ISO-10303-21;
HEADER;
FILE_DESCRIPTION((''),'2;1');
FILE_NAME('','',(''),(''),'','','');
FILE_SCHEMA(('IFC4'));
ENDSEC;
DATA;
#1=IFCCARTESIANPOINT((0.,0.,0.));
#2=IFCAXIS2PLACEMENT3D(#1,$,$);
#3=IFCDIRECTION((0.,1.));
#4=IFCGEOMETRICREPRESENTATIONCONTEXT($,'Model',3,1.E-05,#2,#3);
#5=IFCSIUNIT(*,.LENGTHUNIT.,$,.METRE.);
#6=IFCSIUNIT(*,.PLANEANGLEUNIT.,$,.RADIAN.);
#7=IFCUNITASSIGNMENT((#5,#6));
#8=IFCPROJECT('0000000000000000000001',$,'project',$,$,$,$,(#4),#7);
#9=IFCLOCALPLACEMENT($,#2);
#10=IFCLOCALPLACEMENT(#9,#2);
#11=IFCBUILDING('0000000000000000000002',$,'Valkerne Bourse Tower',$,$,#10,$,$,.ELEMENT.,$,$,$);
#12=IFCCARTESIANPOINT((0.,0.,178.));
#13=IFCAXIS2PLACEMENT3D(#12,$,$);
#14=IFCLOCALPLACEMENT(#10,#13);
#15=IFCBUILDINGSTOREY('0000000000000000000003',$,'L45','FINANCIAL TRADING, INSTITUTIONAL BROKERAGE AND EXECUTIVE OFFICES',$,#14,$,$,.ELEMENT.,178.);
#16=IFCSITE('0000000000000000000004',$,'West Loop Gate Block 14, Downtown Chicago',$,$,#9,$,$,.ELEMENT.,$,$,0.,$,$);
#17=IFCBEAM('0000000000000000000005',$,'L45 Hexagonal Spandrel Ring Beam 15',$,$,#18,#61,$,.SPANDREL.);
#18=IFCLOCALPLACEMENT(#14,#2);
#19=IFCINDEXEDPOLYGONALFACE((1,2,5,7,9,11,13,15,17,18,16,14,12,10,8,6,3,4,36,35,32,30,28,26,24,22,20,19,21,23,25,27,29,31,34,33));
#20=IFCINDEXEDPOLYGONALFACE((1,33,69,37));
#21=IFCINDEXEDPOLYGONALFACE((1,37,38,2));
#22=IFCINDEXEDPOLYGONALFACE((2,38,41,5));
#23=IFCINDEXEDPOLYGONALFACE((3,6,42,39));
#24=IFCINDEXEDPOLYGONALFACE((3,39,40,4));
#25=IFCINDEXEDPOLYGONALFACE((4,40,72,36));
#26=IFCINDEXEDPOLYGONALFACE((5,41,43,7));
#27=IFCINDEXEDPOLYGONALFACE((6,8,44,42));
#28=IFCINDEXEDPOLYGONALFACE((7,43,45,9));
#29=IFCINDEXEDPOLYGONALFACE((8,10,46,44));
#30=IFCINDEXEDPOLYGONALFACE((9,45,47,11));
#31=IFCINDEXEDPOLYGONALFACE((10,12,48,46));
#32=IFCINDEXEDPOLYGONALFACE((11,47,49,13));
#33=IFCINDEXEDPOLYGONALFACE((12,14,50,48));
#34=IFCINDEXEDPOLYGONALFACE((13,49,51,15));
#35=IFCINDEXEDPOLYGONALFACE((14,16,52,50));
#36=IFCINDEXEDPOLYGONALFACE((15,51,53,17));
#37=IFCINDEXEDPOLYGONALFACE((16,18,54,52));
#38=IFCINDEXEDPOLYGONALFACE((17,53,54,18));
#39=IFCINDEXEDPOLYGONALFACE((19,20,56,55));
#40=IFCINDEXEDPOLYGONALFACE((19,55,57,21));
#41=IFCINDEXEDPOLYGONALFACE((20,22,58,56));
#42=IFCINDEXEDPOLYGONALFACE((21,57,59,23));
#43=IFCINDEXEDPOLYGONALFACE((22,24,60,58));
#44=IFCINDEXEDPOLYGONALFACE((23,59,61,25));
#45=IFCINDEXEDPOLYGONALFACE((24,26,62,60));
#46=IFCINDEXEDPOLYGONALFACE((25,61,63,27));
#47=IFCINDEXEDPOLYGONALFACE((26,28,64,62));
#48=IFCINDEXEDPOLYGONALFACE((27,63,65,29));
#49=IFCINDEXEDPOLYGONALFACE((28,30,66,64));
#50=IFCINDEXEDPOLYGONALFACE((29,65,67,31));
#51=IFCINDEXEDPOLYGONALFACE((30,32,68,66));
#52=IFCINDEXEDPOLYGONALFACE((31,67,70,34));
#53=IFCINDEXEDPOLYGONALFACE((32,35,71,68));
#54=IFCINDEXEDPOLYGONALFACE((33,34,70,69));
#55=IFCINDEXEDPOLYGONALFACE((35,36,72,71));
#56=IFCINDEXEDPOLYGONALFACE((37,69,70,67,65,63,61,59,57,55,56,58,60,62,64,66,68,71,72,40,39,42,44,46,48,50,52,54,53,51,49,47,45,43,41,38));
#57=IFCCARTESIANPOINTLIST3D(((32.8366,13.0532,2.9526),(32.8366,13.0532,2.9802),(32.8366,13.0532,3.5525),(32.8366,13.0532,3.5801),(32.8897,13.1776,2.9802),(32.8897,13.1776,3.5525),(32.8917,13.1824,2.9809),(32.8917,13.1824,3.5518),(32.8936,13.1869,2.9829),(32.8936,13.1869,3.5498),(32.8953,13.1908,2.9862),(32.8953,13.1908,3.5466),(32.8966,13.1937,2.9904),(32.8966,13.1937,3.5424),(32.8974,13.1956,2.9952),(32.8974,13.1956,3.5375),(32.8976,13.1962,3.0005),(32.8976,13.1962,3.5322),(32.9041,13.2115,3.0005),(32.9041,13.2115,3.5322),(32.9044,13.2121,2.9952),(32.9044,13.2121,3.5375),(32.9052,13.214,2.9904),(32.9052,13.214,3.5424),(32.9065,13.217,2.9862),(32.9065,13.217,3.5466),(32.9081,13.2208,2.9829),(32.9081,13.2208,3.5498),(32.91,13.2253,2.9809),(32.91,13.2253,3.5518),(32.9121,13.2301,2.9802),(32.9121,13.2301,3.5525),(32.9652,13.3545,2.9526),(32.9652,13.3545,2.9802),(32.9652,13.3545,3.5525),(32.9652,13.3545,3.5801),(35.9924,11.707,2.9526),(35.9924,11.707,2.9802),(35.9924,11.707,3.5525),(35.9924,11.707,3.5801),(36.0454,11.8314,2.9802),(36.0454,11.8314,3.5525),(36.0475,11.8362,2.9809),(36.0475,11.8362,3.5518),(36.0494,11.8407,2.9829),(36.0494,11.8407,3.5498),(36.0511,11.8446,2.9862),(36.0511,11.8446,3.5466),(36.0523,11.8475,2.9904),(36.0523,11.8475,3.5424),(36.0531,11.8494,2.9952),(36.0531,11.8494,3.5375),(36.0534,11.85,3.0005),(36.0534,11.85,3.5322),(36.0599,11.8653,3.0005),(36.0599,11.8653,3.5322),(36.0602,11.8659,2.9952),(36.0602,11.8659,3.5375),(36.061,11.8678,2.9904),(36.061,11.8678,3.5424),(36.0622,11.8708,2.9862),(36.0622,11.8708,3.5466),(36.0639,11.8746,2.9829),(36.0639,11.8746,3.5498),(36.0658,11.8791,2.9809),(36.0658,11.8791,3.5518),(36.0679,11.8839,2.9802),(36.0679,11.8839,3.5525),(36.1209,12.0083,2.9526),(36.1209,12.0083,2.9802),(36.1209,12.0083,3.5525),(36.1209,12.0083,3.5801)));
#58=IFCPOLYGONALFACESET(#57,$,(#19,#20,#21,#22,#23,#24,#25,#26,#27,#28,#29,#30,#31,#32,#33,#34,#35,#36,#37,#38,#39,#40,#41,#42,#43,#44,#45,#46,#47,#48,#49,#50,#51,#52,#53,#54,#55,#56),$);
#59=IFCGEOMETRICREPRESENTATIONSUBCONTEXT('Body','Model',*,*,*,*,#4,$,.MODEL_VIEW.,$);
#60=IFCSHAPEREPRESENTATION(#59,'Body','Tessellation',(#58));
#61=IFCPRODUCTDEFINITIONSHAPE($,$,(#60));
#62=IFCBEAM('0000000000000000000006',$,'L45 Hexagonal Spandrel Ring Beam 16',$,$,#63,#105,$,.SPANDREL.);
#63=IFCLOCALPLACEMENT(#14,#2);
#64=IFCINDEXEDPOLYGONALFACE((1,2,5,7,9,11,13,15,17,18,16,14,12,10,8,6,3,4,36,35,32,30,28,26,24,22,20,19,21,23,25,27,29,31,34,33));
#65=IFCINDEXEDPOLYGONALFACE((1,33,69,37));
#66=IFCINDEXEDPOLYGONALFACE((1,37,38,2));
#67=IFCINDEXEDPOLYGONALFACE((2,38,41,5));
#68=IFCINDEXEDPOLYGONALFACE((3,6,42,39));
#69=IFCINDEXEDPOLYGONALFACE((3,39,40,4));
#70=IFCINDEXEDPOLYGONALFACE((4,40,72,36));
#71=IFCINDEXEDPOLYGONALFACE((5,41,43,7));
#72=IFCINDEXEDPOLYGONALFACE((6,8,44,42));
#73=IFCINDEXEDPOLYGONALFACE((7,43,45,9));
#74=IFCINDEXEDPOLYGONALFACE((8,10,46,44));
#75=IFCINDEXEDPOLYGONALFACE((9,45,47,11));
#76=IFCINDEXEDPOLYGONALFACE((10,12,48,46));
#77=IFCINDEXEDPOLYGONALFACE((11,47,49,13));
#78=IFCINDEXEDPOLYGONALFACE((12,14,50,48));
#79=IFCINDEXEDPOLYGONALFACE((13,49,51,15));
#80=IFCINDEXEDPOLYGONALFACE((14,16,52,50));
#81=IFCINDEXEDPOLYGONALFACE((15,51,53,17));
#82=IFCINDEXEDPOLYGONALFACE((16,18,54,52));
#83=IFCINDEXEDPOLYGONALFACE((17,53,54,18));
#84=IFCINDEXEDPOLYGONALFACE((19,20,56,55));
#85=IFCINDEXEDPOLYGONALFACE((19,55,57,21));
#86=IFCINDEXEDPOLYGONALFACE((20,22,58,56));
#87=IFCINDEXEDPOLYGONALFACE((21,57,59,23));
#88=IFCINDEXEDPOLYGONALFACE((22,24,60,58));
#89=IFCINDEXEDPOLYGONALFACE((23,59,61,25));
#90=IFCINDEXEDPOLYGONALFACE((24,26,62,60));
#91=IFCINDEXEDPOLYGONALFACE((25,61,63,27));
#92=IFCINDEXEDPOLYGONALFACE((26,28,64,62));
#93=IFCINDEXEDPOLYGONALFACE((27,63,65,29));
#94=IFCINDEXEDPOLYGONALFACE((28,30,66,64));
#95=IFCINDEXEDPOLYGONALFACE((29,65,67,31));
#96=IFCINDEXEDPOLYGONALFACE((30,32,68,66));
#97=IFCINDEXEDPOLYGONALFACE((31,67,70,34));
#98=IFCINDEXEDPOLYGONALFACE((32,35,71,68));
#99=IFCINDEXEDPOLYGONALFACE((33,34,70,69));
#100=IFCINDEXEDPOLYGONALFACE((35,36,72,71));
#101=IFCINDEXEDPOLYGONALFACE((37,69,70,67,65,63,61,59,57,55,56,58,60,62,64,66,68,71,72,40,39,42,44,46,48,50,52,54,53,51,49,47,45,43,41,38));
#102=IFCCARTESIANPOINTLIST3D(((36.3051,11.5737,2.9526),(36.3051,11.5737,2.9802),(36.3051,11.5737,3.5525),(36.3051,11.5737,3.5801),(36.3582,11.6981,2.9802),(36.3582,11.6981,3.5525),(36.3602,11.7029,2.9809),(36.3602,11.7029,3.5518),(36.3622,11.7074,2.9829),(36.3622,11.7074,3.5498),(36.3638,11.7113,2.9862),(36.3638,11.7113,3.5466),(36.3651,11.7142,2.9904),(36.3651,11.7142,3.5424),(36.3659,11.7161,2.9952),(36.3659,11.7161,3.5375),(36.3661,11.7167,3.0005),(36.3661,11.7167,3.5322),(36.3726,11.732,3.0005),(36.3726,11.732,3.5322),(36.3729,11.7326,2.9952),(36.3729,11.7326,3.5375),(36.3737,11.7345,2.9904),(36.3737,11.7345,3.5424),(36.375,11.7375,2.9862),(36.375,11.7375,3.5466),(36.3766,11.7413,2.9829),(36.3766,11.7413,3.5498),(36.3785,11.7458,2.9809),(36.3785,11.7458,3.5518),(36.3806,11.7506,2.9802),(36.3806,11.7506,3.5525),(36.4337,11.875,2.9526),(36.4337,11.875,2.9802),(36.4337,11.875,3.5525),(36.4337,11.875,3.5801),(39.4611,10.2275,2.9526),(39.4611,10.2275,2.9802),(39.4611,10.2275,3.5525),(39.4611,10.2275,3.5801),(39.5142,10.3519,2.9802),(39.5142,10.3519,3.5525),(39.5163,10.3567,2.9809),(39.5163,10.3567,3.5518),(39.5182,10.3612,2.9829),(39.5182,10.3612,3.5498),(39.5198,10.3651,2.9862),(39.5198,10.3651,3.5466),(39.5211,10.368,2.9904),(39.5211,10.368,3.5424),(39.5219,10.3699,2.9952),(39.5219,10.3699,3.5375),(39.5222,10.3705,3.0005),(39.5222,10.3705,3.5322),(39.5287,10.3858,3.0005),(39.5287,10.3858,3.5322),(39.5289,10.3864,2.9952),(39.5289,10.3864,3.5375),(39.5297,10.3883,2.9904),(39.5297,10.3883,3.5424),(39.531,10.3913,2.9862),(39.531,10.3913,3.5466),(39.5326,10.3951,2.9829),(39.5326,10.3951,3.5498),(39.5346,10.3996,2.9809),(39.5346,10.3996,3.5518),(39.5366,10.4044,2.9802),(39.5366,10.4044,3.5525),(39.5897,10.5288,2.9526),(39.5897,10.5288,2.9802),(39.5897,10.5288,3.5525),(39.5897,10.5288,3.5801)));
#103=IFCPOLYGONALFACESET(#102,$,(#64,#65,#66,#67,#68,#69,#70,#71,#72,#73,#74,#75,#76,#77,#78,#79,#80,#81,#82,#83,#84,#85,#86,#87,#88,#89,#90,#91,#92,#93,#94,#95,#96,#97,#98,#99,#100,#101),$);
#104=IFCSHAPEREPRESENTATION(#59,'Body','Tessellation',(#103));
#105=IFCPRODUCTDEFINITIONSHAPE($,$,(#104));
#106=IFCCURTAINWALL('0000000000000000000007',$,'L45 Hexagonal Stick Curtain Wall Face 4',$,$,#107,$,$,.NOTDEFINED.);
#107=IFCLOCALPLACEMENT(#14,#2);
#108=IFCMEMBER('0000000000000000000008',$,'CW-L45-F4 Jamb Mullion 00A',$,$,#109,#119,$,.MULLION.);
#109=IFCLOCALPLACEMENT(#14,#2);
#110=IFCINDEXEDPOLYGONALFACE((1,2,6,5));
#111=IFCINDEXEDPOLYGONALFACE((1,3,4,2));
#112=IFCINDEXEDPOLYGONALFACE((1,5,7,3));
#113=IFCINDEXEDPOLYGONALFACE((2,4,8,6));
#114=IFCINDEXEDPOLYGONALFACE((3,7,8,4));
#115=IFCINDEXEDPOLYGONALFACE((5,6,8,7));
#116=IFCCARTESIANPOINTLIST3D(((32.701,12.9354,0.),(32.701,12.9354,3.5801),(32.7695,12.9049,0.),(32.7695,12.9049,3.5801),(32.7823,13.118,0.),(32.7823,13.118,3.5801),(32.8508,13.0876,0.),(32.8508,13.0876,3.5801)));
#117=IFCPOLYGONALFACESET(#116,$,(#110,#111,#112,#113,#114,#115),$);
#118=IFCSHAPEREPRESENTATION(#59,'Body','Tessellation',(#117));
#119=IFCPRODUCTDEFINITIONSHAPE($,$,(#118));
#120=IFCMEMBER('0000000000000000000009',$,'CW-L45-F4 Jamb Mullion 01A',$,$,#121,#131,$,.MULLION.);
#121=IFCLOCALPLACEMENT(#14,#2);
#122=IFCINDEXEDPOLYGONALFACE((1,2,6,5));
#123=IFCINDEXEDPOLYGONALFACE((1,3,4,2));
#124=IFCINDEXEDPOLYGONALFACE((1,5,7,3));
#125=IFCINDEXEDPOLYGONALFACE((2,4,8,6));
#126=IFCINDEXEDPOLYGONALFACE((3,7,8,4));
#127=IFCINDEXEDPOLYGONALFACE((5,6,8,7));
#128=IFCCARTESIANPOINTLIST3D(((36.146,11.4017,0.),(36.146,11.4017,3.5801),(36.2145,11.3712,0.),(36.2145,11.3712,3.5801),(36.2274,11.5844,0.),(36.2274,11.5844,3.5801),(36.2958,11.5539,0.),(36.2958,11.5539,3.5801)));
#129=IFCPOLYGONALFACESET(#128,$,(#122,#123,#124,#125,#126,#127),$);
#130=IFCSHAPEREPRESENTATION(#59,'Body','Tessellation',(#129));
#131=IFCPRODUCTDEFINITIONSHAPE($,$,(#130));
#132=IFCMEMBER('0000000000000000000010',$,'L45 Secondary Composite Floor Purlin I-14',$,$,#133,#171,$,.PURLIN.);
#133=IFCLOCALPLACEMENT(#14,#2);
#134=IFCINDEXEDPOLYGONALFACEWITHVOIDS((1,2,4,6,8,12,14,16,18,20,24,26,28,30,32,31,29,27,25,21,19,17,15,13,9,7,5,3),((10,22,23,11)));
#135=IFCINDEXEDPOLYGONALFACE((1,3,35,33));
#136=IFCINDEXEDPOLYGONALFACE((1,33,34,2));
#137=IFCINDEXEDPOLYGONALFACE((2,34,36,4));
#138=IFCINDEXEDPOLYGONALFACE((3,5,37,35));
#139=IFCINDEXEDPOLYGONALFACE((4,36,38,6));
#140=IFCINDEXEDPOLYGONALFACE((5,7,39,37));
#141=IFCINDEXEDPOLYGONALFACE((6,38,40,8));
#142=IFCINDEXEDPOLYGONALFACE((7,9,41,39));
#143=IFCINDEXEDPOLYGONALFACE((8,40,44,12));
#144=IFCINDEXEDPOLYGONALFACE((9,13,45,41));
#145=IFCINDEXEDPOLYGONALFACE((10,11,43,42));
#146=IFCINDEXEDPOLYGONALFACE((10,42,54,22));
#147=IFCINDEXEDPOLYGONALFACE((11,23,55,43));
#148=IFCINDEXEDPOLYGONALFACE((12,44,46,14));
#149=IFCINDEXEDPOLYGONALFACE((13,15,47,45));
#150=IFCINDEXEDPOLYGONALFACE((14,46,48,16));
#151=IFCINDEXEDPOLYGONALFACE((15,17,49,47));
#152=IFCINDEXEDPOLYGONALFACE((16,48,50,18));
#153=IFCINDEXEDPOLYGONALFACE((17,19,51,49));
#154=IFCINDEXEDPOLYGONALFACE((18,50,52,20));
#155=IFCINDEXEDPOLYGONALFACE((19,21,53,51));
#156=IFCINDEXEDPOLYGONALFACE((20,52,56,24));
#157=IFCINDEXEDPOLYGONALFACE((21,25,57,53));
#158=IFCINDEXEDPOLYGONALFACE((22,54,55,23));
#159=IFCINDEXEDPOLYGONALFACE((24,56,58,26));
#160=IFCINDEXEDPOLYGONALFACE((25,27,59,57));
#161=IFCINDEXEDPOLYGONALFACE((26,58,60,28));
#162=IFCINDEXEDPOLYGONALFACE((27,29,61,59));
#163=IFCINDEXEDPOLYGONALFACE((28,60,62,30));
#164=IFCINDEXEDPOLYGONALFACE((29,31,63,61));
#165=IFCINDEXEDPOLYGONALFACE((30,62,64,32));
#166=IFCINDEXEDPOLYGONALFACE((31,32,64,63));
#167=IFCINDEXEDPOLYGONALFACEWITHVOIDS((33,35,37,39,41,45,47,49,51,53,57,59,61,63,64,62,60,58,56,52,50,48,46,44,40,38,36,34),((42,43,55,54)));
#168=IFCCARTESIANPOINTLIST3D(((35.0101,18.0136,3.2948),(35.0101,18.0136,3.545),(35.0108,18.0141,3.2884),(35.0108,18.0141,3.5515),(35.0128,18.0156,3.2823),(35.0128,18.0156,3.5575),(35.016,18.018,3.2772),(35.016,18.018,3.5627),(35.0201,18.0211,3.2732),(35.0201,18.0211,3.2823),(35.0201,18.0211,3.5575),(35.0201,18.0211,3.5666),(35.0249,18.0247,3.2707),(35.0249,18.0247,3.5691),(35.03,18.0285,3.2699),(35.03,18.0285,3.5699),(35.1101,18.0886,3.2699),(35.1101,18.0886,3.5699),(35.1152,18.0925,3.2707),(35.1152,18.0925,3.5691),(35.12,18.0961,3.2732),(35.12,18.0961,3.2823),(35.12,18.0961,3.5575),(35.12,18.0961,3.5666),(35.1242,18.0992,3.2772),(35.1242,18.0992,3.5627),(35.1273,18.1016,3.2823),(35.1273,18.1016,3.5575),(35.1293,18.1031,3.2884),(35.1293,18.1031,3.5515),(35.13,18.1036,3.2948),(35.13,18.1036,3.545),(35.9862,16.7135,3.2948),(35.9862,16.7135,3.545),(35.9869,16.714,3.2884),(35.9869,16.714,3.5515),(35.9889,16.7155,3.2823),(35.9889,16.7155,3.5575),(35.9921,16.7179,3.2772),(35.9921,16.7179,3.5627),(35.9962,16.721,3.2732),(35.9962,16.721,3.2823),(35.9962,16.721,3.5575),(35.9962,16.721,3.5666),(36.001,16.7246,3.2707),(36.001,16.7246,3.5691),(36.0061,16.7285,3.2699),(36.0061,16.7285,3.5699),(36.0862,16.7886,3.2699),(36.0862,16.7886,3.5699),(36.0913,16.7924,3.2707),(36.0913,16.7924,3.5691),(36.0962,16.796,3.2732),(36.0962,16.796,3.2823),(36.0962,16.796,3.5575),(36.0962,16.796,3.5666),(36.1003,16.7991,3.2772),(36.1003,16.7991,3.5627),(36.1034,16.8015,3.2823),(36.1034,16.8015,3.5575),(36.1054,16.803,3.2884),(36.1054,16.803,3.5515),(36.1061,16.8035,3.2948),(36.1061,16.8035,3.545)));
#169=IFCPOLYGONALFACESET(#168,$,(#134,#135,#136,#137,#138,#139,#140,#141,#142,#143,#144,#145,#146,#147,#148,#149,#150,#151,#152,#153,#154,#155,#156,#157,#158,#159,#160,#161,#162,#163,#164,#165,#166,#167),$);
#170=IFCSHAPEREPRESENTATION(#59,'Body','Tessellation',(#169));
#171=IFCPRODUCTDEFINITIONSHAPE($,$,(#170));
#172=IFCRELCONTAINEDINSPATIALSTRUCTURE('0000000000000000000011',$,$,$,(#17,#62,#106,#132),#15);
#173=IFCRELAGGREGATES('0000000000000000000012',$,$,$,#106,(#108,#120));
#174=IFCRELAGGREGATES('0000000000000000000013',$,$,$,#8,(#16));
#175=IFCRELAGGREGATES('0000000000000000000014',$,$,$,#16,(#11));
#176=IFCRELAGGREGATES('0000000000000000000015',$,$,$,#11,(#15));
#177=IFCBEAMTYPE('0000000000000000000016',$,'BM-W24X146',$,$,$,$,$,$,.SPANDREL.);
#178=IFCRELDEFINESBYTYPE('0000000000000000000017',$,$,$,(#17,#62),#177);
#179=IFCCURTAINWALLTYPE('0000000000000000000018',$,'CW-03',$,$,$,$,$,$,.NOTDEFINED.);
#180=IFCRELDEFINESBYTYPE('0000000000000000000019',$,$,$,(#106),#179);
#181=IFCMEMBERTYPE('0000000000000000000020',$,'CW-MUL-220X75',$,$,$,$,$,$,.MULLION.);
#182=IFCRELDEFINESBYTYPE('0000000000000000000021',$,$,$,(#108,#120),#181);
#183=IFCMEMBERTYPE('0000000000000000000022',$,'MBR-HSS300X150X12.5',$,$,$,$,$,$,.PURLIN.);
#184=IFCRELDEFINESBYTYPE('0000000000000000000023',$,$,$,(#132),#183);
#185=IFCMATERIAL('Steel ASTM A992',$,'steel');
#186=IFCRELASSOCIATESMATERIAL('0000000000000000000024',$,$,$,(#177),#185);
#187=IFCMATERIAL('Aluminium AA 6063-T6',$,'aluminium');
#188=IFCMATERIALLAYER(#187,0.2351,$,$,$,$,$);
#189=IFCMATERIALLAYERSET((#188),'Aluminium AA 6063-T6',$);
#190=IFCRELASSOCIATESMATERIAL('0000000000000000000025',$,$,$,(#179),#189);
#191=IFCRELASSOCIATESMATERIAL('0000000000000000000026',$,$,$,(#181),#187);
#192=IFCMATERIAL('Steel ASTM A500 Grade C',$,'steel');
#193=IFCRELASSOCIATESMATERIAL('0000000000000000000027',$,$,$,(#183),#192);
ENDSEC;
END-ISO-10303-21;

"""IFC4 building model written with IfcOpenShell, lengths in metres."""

from ifc_helpers import new_model, si_unit, direction, frame, origin, origin_2d, place, context, subcontext, project, spatial, rectangle, hollow_rectangle, i_section, extrude, material, layer, layer_set, material_profile, profile_set, type_object, element, aggregate, save


model = new_model("IFC4")

# Units and contexts
model_context = context("Model", 3, precision=1e-05, world=origin(), true_north=direction((0.0, 1.0)))
body_context = subcontext(model_context, "Body", "Model", "MODEL_VIEW")
ifc_project = project(units=[si_unit("LENGTHUNIT", "METRE"), si_unit("PLANEANGLEUNIT", "RADIAN")], contexts=[model_context])

# Site, building, storey
site_placement = place(None, origin())
site = spatial("IfcSite", under=ifc_project, at=site_placement, Name="West Loop Gate Block 14, Downtown Chicago", CompositionType="ELEMENT", RefElevation=0.0)
building_placement = place(site_placement, origin())
building = spatial("IfcBuilding", under=site, at=building_placement, Name="Valkerne Bourse Tower", CompositionType="ELEMENT")
storey_placement = place(building_placement, frame((0.0, 0.0, 178.0)))
storey = spatial("IfcBuildingStorey", under=building, at=storey_placement, Name="L45", Description="FINANCIAL TRADING, INSTITUTIONAL BROKERAGE AND EXECUTIVE OFFICES", CompositionType="ELEMENT", Elevation=178.0)

# Beams
ifc_material_1 = material(Name="Steel ASTM A992", Category="steel")
ifc_material_profile_1 = material_profile(ifc_material_1, i_section(OverallWidth=0.3276, OverallDepth=0.6274, WebThickness=0.0166, FlangeThickness=0.0276, FilletRadius=0.0203, at=origin_2d()), Name="W24X146")
ifc_profile_set_1 = profile_set([ifc_material_profile_1], Name="Steel ASTM A992")
beam_type_1 = type_object("IfcBeamType", Name="BM-W24X146", PredefinedType="SPANDREL", material=ifc_profile_set_1)
beam_1_placement = place(storey_placement, frame((32.9009, 13.2039, 3.2664), z_axis=(0.919806, -0.392373, 0.0), x_axis=(0.392373, 0.919806, 0.0)))
element("IfcBeam", 1, at=beam_1_placement, inside=storey, type_object=beam_type_1, Name="L45 Hexagonal Spandrel Ring Beam 15", PredefinedType="SPANDREL", context=body_context, shape_type="SweptSolid", body=[
    extrude(i_section(OverallWidth=0.3276, OverallDepth=0.6274, WebThickness=0.0166, FlangeThickness=0.0276, FilletRadius=0.0203, at=origin_2d()), origin(), (0.0, 0.0, 1.0), 3.4309),
])
beam_2_placement = place(storey_placement, frame((36.3694, 11.7244, 3.2664), z_axis=(0.919817, -0.392347, 0.0), x_axis=(0.392347, 0.919817, 0.0)))
element("IfcBeam", 2, at=beam_2_placement, inside=storey, type_object=beam_type_1, Name="L45 Hexagonal Spandrel Ring Beam 16", PredefinedType="SPANDREL", context=body_context, shape_type="SweptSolid", body=[
    extrude(i_section(OverallWidth=0.3276, OverallDepth=0.6274, WebThickness=0.0166, FlangeThickness=0.0276, FilletRadius=0.0203, at=origin_2d()), origin(), (0.0, 0.0, 1.0), 3.4312),
])

# Curtain wall, members
ifc_material_2 = material(Name="Aluminium AA 6063-T6", Category="aluminium")
ifc_layer_1 = layer(ifc_material_2, 0.2351)
ifc_layer_set_1 = layer_set([ifc_layer_1], Name="Aluminium AA 6063-T6")
curtain_wall_type = type_object("IfcCurtainWallType", Name="CW-03", PredefinedType="NOTDEFINED", material=ifc_layer_set_1)
curtain_wall_placement = place(storey_placement, origin())
curtain_wall = element("IfcCurtainWall", 3, at=curtain_wall_placement, inside=storey, type_object=curtain_wall_type, Name="L45 Hexagonal Stick Curtain Wall Face 4", PredefinedType="NOTDEFINED")
ifc_material_profile_2 = material_profile(ifc_material_2, rectangle(XDim=0.075, YDim=0.2, at=origin_2d()), Name="CWM-75X200")
ifc_profile_set_2 = profile_set([ifc_material_profile_2], Name="Aluminium AA 6063-T6")
member_type_1 = type_object("IfcMemberType", Name="CW-MUL-220X75", PredefinedType="MULLION", material=ifc_profile_set_2)
member_1_placement = place(storey_placement, frame((32.7759, 13.0115, 0.0), z_axis=(0.0, 0.0, 1.0), x_axis=(0.913547, -0.406734, 0.0)))
member_1 = element("IfcMember", 4, at=member_1_placement, type_object=member_type_1, Name="CW-L45-F4 Jamb Mullion 00A", PredefinedType="MULLION", context=body_context, shape_type="SweptSolid", body=[
    extrude(rectangle(XDim=0.075, YDim=0.2, at=origin_2d()), origin(), (0.0, 0.0, 1.0), 3.5801),
])
member_2_placement = place(storey_placement, frame((36.2209, 11.4778, 0.0), z_axis=(0.0, 0.0, 1.0), x_axis=(0.913547, -0.406734, 0.0)))
member_2 = element("IfcMember", 5, at=member_2_placement, type_object=member_type_1, Name="CW-L45-F4 Jamb Mullion 01A", PredefinedType="MULLION", context=body_context, shape_type="SweptSolid", body=[
    extrude(rectangle(XDim=0.075, YDim=0.2, at=origin_2d()), origin(), (0.0, 0.0, 1.0), 3.5801),
])

# Member
ifc_material_3 = material(Name="Steel ASTM A500 Grade C", Category="steel")
ifc_material_profile_3 = material_profile(ifc_material_3, hollow_rectangle(XDim=0.1499, YDim=0.3, WallThickness=0.0125, OuterFilletRadius=0.0249, at=origin_2d()), Name="HSS300X150X12.5")
ifc_profile_set_3 = profile_set([ifc_material_profile_3], Name="Steel ASTM A500 Grade C")
member_type_2 = type_object("IfcMemberType", Name="MBR-HSS300X150X12.5", PredefinedType="PURLIN", material=ifc_profile_set_3)
member_3_placement = place(storey_placement, frame((35.0701, 18.0586, 3.4199), z_axis=(0.600408, -0.799694, 0.0), x_axis=(0.799694, 0.600408, 0.0)))
element("IfcMember", 6, at=member_3_placement, inside=storey, type_object=member_type_2, Name="L45 Secondary Composite Floor Purlin I-14", PredefinedType="PURLIN", context=body_context, shape_type="SweptSolid", body=[
    extrude(hollow_rectangle(XDim=0.1499, YDim=0.3, WallThickness=0.0125, OuterFilletRadius=0.0249, at=origin_2d()), origin(), (0.0, 0.0, 1.0), 1.6257),
])

aggregate(curtain_wall, [member_1, member_2])

save(model, "model.ifc")
